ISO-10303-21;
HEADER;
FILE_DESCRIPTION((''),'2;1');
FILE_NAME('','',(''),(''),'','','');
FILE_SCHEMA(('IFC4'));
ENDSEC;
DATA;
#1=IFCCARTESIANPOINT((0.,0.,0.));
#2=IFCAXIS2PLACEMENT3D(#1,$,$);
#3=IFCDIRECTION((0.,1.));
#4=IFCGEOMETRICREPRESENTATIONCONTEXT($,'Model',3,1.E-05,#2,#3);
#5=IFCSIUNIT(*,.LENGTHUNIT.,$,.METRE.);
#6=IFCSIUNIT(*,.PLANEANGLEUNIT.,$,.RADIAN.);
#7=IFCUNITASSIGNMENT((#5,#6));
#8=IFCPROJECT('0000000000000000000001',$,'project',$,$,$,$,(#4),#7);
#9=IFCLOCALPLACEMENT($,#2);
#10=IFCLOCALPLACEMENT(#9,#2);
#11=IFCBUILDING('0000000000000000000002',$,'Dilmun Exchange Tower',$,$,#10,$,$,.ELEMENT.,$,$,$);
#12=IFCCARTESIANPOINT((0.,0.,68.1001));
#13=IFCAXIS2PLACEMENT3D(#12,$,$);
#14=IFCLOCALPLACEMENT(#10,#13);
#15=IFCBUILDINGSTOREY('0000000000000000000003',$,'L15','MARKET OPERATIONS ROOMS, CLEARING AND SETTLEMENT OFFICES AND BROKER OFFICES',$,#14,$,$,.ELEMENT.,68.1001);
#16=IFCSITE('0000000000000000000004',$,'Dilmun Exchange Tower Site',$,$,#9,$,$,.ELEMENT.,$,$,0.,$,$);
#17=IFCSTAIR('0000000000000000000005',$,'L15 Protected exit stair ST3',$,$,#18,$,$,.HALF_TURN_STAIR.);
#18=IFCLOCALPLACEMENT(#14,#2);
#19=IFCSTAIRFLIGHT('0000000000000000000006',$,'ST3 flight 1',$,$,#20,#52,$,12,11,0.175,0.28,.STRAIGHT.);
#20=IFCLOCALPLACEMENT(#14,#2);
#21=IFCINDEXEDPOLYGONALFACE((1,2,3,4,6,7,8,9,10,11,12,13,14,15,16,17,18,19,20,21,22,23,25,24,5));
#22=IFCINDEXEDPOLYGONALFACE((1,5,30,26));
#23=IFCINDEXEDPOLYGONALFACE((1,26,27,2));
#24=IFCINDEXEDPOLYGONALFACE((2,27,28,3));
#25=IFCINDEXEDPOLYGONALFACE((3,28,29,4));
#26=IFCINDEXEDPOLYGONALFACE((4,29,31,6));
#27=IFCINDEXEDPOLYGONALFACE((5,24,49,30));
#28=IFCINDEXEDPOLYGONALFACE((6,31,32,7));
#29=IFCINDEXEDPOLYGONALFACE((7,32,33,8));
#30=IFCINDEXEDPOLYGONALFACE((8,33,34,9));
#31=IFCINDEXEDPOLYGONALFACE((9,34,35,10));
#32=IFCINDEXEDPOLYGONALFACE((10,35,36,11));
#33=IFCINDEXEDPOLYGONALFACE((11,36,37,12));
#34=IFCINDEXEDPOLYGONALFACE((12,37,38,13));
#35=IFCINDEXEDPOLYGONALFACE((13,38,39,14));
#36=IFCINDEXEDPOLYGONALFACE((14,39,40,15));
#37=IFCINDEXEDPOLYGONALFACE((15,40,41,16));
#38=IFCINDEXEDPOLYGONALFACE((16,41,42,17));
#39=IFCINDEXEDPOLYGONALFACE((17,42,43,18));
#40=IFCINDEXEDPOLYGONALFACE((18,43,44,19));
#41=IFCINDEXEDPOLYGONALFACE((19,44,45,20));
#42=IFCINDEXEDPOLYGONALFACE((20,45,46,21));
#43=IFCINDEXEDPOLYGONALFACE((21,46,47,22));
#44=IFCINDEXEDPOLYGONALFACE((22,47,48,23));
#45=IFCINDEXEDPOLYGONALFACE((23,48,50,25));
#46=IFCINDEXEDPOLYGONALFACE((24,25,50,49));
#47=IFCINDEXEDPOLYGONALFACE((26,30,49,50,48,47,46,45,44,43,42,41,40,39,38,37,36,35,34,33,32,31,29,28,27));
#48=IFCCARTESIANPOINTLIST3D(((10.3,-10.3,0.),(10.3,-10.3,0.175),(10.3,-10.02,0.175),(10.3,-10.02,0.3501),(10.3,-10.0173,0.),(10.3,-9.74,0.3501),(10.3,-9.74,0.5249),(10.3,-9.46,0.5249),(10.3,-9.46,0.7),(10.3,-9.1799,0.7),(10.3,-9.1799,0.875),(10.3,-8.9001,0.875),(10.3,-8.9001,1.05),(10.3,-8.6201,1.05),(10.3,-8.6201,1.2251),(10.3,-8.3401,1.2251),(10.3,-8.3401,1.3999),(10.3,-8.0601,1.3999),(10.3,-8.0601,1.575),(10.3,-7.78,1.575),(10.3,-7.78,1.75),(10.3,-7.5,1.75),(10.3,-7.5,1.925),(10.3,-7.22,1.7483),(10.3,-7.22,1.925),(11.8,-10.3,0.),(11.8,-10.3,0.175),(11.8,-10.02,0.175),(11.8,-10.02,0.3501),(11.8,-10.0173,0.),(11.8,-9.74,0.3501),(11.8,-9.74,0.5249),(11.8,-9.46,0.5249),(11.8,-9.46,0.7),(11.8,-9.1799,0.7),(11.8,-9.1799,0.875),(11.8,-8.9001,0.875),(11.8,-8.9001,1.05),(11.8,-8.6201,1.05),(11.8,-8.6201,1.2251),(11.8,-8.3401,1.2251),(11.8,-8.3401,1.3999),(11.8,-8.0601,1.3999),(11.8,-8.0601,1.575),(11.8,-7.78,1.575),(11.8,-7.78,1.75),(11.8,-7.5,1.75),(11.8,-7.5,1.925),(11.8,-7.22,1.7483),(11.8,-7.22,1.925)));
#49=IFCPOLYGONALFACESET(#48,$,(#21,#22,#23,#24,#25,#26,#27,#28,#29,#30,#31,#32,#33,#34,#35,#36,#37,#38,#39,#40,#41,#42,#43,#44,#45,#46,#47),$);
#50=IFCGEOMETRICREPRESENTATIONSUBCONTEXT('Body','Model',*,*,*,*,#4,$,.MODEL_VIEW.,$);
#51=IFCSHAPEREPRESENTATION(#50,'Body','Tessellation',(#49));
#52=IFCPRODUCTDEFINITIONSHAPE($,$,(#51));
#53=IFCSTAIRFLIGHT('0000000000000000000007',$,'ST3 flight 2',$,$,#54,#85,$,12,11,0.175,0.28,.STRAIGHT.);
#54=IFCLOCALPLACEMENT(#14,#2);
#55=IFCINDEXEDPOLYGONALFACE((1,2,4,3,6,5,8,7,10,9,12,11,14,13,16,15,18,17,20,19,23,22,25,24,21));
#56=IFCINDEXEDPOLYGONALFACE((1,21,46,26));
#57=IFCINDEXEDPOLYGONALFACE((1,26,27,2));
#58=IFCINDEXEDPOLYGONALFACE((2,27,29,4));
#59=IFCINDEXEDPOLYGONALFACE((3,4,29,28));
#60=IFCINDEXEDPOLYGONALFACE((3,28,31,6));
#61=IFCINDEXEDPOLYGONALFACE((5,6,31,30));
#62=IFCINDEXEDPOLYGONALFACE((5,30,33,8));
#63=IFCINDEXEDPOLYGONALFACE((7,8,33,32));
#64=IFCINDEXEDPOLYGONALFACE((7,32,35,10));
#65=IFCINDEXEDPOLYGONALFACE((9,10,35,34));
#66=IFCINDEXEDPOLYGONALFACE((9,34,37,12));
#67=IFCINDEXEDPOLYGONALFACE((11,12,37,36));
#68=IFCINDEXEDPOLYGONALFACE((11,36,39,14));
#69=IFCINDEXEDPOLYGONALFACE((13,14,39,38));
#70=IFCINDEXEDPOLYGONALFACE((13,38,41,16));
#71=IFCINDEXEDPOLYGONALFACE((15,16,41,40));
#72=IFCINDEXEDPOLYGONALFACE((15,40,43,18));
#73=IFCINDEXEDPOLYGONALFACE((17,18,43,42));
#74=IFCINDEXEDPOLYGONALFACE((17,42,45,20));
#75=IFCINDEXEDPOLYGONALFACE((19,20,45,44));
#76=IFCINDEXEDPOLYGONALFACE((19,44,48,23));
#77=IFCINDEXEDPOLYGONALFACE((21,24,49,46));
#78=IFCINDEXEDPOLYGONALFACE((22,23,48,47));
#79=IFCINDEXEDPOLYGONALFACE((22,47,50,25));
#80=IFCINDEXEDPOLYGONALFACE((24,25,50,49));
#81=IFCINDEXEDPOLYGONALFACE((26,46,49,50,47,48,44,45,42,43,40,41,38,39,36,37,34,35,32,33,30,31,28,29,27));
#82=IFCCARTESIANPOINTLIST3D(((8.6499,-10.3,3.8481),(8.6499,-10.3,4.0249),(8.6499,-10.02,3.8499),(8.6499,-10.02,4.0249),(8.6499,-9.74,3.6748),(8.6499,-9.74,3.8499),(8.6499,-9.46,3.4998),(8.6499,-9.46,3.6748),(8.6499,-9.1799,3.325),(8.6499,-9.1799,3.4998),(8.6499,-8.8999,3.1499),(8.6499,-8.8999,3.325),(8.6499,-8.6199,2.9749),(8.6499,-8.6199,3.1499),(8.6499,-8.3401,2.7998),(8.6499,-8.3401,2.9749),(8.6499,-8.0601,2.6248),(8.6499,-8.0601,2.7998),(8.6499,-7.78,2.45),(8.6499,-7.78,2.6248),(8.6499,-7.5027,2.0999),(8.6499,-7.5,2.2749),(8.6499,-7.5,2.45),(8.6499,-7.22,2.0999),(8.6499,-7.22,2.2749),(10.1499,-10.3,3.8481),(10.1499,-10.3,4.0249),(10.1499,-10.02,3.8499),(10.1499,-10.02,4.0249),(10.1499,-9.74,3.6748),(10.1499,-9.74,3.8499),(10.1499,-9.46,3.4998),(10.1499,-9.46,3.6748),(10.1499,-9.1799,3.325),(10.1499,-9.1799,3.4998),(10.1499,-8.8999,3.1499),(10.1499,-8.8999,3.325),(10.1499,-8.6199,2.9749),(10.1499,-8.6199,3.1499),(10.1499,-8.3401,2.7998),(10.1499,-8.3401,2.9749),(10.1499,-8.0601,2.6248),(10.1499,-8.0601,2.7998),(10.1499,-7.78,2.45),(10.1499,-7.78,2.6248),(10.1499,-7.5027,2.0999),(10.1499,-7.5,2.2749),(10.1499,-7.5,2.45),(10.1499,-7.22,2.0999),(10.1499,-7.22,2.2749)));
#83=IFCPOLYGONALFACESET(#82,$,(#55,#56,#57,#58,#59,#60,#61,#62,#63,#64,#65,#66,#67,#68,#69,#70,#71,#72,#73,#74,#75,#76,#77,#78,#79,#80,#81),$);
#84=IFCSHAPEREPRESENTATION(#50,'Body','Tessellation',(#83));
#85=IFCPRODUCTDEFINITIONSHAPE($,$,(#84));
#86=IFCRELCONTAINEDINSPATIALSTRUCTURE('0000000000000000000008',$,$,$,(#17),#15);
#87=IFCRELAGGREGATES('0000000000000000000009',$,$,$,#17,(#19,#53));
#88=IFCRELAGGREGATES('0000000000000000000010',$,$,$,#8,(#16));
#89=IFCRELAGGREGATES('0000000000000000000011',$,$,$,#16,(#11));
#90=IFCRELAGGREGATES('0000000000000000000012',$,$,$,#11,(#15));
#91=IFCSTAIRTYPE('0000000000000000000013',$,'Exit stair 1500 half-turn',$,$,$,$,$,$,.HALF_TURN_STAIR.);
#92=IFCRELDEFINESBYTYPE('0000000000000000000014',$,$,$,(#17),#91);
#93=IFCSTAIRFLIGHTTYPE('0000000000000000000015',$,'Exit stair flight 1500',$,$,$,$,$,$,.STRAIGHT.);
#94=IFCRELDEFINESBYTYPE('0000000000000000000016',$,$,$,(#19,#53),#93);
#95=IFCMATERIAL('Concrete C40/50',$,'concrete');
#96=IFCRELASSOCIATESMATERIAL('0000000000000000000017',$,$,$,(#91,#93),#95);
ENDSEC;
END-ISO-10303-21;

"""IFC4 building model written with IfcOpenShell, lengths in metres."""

from ifc_helpers import new_model, si_unit, direction, frame, origin, place, context, subcontext, project, spatial, polyline, outline, extrude, material, type_object, element, aggregate, save


model = new_model("IFC4")

# Units and contexts
model_context = context("Model", 3, precision=1e-05, world=origin(), true_north=direction((0.0, 1.0)))
body_context = subcontext(model_context, "Body", "Model", "MODEL_VIEW")
ifc_project = project(units=[si_unit("LENGTHUNIT", "METRE"), si_unit("PLANEANGLEUNIT", "RADIAN")], contexts=[model_context])

# Site, building, storey
site_placement = place(None, origin())
site = spatial("IfcSite", under=ifc_project, at=site_placement, Name="Dilmun Exchange Tower Site", CompositionType="ELEMENT", RefElevation=0.0)
building_placement = place(site_placement, origin())
building = spatial("IfcBuilding", under=site, at=building_placement, Name="Dilmun Exchange Tower", CompositionType="ELEMENT")
storey_placement = place(building_placement, frame((0.0, 0.0, 68.1001)))
storey = spatial("IfcBuildingStorey", under=building, at=storey_placement, Name="L15", Description="MARKET OPERATIONS ROOMS, CLEARING AND SETTLEMENT OFFICES AND BROKER OFFICES", CompositionType="ELEMENT", Elevation=68.1001)

# Stair, stair flights
ifc_material_1 = material(Name="Concrete C40/50", Category="concrete")
stair_type = type_object("IfcStairType", Name="Exit stair 1500 half-turn", PredefinedType="HALF_TURN_STAIR", material=ifc_material_1)
stair_placement = place(storey_placement, origin())
stair = element("IfcStair", 1, at=stair_placement, inside=storey, type_object=stair_type, Name="L15 Protected exit stair ST3", PredefinedType="HALF_TURN_STAIR")
stair_flight_type = type_object("IfcStairFlightType", Name="Exit stair flight 1500", PredefinedType="STRAIGHT", material=ifc_material_1)
stair_flight_1_placement = place(storey_placement, frame((11.05, -10.3, 0.0), z_axis=(0.0, 0.0, 1.0), x_axis=(0.0, 1.0, 0.0)))
stair_flight_1 = element("IfcStairFlight", 2, at=stair_flight_1_placement, type_object=stair_flight_type, Name="ST3 flight 1", NumberOfRisers=12, NumberOfTreads=11, PredefinedType="STRAIGHT", RiserHeight=0.175, TreadLength=0.28, context=body_context, shape_type="SweptSolid", body=[
    extrude(outline(polyline([(0.0, 0.0), (0.0, 0.175), (0.28, 0.175), (0.28, 0.3501), (0.5601, 0.3501), (0.5601, 0.5249), (0.8401, 0.5249), (0.8401, 0.7), (1.1201, 0.7), (1.1201, 0.875), (1.3999, 0.875), (1.3999, 1.05), (1.6799, 1.05), (1.6799, 1.2251), (1.96, 1.2251), (1.96, 1.3999), (2.24, 1.3999), (2.24, 1.575), (2.52, 1.575), (2.52, 1.75), (2.8, 1.75), (2.8, 1.925), (3.0801, 1.925), (3.0801, 2.1001), (3.0801, 1.7483), (0.2827, 0.0), (0.0, 0.0)])), frame((0.0, 0.75, 0.0), z_axis=(0.0, -1.0, 0.0), x_axis=(1.0, 0.0, 0.0)), (0.0, 0.0, 1.0), 1.5),
])
stair_flight_2_placement = place(storey_placement, frame((9.3999, -7.22, 2.0999), z_axis=(0.0, 0.0, 1.0), x_axis=(0.0, -1.0, 0.0)))
stair_flight_2 = element("IfcStairFlight", 3, at=stair_flight_2_placement, type_object=stair_flight_type, Name="ST3 flight 2", NumberOfRisers=12, NumberOfTreads=11, PredefinedType="STRAIGHT", RiserHeight=0.175, TreadLength=0.28, context=body_context, shape_type="SweptSolid", body=[
    extrude(outline(polyline([(0.0, 0.0), (0.0, 0.175), (0.28, 0.175), (0.28, 0.3501), (0.5601, 0.3501), (0.5601, 0.5249), (0.8401, 0.5249), (0.8401, 0.7), (1.1201, 0.7), (1.1201, 0.875), (1.3999, 0.875), (1.3999, 1.05), (1.6799, 1.05), (1.6799, 1.2251), (1.96, 1.2251), (1.96, 1.3999), (2.24, 1.3999), (2.24, 1.575), (2.52, 1.575), (2.52, 1.75), (2.8, 1.75), (2.8, 1.925), (3.0801, 1.925), (3.0801, 2.1001), (3.0801, 1.7483), (0.2827, 0.0), (0.0, 0.0)])), frame((0.0, 0.75, 0.0), z_axis=(0.0, -1.0, 0.0), x_axis=(1.0, 0.0, 0.0)), (0.0, 0.0, 1.0), 1.5),
])
aggregate(stair, [stair_flight_1, stair_flight_2])

save(model, "model.ifc")
